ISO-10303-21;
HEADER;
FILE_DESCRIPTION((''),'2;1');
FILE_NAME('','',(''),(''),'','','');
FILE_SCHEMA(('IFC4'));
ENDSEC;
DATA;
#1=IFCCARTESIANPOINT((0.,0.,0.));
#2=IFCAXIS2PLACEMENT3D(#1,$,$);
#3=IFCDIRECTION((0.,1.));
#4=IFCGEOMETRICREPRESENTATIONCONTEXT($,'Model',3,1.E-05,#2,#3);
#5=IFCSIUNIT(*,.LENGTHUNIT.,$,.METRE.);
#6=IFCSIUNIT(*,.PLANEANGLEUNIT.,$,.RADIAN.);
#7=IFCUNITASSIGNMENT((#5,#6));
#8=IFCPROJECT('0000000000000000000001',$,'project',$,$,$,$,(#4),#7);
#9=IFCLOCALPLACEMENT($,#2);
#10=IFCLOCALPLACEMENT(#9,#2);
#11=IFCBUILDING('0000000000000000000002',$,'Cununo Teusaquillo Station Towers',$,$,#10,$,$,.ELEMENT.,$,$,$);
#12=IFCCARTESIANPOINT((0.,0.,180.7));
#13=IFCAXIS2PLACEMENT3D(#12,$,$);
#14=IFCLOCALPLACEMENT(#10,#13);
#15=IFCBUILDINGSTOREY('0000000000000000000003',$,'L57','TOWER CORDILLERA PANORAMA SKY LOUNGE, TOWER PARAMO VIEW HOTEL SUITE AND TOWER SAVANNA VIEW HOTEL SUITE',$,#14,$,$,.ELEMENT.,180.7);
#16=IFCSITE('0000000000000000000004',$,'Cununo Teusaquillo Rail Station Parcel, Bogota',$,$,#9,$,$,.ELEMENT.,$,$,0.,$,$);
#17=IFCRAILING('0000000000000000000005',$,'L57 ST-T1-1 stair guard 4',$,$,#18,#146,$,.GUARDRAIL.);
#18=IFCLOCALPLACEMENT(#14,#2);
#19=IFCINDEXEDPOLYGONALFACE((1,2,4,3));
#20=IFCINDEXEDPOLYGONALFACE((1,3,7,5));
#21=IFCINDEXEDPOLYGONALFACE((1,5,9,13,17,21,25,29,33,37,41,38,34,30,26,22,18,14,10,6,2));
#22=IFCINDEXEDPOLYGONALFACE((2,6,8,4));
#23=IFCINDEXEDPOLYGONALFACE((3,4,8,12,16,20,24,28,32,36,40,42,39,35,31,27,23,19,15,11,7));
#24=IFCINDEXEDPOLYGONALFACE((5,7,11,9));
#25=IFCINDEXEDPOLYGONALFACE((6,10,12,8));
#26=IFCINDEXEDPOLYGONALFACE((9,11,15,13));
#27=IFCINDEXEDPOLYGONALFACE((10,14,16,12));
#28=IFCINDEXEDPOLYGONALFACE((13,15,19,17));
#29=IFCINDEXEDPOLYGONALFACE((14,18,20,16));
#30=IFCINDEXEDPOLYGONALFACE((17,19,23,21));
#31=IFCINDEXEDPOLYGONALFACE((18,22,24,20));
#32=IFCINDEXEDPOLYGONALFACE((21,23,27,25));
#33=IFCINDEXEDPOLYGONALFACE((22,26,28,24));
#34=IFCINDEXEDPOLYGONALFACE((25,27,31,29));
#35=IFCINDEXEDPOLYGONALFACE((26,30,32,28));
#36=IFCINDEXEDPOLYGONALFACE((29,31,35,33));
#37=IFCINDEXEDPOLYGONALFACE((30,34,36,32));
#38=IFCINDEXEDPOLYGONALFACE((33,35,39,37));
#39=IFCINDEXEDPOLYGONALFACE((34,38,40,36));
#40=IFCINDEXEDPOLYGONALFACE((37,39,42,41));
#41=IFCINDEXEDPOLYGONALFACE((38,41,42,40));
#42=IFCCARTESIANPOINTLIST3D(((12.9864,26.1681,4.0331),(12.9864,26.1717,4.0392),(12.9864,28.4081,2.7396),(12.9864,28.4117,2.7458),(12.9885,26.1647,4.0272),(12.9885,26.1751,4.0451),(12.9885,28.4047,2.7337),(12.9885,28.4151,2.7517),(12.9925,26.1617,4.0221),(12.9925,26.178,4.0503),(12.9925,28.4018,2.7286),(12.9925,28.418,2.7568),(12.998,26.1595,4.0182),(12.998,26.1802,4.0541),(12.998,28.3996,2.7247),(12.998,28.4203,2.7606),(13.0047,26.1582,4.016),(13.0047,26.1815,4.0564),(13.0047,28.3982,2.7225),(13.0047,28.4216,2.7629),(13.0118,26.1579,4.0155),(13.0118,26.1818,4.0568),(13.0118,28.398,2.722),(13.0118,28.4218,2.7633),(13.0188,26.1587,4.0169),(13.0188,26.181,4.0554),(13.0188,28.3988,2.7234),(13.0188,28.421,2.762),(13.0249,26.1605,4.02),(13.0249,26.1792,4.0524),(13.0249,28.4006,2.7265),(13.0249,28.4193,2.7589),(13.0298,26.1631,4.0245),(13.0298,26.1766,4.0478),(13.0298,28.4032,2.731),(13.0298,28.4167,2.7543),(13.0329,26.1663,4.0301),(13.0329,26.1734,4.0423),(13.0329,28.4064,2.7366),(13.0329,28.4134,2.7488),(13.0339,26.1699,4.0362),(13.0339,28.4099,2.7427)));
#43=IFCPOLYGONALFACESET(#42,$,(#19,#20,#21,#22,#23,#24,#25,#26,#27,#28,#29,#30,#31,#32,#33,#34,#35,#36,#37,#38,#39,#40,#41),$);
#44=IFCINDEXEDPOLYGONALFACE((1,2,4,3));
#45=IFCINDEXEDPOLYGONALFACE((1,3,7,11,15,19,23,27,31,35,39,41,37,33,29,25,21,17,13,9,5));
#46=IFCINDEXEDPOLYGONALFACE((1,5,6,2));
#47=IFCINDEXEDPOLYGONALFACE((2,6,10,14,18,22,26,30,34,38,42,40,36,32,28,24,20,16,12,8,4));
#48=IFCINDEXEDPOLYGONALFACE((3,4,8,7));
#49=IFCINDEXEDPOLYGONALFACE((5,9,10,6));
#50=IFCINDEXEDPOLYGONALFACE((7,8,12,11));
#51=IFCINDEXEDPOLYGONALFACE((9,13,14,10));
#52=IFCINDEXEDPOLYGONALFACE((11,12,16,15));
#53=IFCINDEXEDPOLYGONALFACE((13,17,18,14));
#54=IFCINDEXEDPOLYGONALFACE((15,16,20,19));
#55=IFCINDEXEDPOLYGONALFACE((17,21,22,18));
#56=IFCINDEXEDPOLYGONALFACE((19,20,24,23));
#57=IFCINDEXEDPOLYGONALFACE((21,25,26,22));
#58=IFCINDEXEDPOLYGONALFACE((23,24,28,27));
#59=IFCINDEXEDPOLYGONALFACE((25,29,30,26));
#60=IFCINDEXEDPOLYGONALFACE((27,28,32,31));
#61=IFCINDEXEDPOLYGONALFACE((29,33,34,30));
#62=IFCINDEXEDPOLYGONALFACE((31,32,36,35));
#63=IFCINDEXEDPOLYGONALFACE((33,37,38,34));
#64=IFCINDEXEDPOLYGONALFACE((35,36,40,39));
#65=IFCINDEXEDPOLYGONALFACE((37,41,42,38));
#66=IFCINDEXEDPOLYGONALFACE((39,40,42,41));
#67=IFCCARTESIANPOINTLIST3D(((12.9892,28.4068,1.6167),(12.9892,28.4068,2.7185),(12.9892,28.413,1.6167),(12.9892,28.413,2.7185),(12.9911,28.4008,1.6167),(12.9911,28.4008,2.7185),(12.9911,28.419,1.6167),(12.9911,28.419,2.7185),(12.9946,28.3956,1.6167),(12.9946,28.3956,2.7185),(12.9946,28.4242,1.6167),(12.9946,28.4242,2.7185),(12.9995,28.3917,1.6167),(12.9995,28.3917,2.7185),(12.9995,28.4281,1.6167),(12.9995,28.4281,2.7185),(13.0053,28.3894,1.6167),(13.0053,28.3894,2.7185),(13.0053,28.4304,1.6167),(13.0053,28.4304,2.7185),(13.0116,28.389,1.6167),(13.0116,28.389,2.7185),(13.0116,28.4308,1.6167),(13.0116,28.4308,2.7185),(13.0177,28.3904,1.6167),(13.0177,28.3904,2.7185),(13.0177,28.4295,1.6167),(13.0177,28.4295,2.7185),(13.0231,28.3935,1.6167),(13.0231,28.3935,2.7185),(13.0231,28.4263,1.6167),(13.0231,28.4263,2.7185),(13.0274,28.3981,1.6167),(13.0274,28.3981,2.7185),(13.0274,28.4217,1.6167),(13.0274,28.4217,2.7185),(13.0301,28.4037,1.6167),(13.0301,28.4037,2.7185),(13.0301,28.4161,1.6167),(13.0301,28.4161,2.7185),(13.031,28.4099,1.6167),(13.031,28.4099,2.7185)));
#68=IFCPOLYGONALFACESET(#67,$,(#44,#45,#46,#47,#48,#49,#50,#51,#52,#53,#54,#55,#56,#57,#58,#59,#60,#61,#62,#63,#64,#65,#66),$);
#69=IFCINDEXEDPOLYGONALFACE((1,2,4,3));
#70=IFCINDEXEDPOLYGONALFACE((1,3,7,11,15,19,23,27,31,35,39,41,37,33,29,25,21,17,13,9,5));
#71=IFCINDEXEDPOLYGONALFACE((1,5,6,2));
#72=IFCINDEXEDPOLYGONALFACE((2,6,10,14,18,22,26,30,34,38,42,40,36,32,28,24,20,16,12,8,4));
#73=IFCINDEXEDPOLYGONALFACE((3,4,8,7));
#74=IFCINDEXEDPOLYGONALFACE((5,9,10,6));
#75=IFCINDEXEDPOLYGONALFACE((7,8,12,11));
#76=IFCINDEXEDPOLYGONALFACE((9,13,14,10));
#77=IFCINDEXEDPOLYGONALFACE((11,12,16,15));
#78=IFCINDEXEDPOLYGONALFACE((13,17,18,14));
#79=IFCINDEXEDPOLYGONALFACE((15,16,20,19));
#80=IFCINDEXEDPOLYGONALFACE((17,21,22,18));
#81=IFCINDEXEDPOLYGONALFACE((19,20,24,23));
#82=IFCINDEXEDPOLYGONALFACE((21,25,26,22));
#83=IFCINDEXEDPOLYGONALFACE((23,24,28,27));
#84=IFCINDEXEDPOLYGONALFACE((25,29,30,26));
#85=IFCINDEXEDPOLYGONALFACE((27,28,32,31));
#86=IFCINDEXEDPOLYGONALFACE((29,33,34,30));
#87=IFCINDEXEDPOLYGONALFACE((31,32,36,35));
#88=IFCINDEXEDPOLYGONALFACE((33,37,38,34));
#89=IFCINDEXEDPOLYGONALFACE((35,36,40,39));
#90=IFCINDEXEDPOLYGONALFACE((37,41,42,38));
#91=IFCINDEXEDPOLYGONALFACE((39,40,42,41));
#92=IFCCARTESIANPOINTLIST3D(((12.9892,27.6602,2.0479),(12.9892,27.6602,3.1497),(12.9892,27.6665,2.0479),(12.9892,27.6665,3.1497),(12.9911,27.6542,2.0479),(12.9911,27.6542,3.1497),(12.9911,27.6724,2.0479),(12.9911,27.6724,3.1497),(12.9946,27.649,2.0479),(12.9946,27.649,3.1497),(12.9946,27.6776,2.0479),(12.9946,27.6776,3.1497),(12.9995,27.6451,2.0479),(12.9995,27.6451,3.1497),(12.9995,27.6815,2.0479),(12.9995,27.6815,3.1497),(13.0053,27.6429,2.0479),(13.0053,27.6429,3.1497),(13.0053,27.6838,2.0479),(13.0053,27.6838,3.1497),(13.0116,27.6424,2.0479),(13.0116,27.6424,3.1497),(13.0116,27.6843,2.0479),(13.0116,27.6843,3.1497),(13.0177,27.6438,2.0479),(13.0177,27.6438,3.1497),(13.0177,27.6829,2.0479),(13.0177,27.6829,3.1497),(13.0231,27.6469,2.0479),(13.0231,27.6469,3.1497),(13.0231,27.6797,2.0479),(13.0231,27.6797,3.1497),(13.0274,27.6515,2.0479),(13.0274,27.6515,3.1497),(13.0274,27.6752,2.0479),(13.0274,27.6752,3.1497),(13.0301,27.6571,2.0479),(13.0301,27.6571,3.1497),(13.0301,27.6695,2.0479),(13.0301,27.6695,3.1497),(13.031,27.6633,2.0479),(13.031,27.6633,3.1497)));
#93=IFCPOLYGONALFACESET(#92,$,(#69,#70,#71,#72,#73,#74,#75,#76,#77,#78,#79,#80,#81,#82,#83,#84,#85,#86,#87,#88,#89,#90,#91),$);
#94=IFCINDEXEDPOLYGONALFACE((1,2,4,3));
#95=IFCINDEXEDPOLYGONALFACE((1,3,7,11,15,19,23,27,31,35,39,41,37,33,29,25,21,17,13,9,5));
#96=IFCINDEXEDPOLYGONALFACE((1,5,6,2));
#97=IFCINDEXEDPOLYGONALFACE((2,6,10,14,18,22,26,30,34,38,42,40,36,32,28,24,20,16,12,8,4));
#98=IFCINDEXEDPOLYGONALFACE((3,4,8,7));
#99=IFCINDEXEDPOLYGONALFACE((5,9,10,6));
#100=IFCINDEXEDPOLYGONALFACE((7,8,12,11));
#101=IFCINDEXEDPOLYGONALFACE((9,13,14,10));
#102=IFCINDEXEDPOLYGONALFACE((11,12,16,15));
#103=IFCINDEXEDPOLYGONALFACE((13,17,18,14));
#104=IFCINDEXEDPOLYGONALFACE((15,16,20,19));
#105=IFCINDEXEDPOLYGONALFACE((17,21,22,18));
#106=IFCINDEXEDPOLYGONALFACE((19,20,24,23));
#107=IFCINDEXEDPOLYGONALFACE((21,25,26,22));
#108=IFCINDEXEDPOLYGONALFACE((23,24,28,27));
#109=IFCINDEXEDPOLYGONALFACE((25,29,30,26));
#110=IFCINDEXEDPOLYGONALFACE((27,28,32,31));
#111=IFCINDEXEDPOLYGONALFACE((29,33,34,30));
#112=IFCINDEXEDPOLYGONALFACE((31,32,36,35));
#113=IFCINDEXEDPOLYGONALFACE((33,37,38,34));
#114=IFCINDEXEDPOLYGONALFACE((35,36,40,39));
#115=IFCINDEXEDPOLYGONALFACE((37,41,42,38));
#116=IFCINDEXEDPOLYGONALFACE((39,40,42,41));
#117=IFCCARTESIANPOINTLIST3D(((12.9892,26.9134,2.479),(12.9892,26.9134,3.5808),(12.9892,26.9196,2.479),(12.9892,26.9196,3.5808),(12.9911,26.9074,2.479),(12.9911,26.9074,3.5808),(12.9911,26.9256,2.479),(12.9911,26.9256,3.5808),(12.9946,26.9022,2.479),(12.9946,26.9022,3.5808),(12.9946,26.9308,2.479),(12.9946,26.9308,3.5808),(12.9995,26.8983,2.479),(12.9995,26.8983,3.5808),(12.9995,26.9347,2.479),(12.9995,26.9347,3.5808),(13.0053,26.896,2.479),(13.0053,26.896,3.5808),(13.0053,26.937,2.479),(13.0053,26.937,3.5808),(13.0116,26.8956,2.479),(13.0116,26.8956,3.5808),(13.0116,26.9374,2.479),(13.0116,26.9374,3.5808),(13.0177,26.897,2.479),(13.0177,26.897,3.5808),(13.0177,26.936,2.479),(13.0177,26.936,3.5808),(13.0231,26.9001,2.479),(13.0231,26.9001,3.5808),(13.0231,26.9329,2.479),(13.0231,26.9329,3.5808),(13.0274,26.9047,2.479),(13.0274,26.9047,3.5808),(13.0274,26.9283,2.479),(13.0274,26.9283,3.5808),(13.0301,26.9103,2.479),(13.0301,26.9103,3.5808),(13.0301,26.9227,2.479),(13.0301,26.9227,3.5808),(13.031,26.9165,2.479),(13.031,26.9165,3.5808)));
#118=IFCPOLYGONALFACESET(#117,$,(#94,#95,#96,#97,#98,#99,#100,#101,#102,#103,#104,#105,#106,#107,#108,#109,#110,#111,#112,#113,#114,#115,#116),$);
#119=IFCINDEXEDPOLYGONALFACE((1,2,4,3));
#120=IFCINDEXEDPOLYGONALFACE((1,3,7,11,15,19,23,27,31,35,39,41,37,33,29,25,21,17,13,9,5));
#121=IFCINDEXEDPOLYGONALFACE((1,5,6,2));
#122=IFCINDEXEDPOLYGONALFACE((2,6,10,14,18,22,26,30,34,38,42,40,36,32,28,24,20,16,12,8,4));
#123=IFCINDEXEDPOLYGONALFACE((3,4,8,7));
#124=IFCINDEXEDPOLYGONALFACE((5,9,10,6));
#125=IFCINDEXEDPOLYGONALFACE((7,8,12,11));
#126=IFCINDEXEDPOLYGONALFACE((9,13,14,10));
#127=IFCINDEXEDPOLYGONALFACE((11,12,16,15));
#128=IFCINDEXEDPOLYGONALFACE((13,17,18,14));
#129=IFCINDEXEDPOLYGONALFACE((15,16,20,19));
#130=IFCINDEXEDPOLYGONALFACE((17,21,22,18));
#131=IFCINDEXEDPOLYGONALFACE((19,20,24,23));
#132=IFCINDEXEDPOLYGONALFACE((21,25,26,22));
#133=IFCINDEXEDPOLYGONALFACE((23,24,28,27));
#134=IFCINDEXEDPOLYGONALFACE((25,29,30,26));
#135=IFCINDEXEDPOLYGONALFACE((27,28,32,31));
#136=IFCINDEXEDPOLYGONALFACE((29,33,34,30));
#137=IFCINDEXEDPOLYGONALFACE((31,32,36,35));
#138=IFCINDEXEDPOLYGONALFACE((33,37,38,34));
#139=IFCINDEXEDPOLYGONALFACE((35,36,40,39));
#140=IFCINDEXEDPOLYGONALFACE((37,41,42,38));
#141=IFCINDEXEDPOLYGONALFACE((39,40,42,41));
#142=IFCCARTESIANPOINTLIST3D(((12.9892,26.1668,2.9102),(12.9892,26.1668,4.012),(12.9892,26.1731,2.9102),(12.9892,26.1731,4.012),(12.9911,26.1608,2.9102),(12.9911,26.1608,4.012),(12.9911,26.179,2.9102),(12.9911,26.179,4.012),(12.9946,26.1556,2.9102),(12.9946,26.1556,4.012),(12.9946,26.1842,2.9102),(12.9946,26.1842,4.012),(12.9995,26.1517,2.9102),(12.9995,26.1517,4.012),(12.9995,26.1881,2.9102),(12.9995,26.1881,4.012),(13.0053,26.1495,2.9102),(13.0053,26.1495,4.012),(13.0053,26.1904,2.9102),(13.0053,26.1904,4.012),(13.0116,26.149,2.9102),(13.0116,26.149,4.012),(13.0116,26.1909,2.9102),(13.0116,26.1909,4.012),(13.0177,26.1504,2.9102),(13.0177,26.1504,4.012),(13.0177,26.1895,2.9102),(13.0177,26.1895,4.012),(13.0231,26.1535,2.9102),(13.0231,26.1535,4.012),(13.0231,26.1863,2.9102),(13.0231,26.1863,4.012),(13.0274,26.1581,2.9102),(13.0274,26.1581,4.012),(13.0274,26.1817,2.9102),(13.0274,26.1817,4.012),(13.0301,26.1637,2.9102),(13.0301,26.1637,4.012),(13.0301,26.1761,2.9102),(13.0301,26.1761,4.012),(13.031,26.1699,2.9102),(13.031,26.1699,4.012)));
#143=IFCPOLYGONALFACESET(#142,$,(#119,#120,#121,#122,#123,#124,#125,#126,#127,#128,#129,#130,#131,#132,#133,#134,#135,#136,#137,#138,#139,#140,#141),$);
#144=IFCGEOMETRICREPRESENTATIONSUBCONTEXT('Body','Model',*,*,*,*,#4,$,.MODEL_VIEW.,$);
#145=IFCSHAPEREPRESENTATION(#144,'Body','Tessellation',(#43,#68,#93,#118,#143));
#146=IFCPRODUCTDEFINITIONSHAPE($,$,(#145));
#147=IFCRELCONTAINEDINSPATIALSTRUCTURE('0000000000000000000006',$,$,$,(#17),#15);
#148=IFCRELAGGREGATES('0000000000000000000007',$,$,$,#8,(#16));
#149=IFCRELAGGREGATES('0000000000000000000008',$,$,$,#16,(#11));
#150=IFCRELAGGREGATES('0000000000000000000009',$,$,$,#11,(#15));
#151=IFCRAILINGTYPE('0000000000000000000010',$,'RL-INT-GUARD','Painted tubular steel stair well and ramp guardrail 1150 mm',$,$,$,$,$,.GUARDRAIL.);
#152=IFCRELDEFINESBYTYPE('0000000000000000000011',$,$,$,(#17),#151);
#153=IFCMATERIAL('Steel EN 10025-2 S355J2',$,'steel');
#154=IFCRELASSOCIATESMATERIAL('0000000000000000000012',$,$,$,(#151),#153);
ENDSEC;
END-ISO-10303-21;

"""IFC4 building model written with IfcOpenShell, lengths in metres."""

from ifc_helpers import new_model, si_unit, direction, frame, origin, origin_2d, place, context, subcontext, project, spatial, circle, extrude, material, type_object, element, save


model = new_model("IFC4")

# Units and contexts
model_context = context("Model", 3, precision=1e-05, world=origin(), true_north=direction((0.0, 1.0)))
body_context = subcontext(model_context, "Body", "Model", "MODEL_VIEW")
ifc_project = project(units=[si_unit("LENGTHUNIT", "METRE"), si_unit("PLANEANGLEUNIT", "RADIAN")], contexts=[model_context])

# Site, building, storey
site_placement = place(None, origin())
site = spatial("IfcSite", under=ifc_project, at=site_placement, Name="Cununo Teusaquillo Rail Station Parcel, Bogota", CompositionType="ELEMENT", RefElevation=0.0)
building_placement = place(site_placement, origin())
building = spatial("IfcBuilding", under=site, at=building_placement, Name="Cununo Teusaquillo Station Towers", CompositionType="ELEMENT")
storey_placement = place(building_placement, frame((0.0, 0.0, 180.7)))
storey = spatial("IfcBuildingStorey", under=building, at=storey_placement, Name="L57", Description="TOWER CORDILLERA PANORAMA SKY LOUNGE, TOWER PARAMO VIEW HOTEL SUITE AND TOWER SAVANNA VIEW HOTEL SUITE", CompositionType="ELEMENT", Elevation=180.7)

# Railing
ifc_material_1 = material(Name="Steel EN 10025-2 S355J2", Category="steel")
railing_type_1 = type_object("IfcRailingType", Name="RL-INT-GUARD", Description="Painted tubular steel stair well and ramp guardrail 1150 mm", PredefinedType="GUARDRAIL", material=ifc_material_1)
railing_1_placement = place(storey_placement, frame((13.01, 28.4099, 1.6167)))
element("IfcRailing", 1, at=railing_1_placement, inside=storey, type_object=railing_type_1, Name="L57 ST-T1-1 stair guard 4", PredefinedType="GUARDRAIL", context=body_context, shape_type="SweptSolid", body=[
    extrude(circle(Radius=0.0239, at=origin_2d()), frame((0.0, 0.0, 1.126), z_axis=(0.0, -0.865992, 0.500057), x_axis=(1.0, 0.0, 0.0)), (0.0, 0.0, 1.0), 2.5867),
    extrude(circle(Radius=0.021, at=origin_2d()), origin(), (0.0, 0.0, 1.0), 1.1018),
    extrude(circle(Radius=0.021, at=origin_2d()), frame((0.0, -0.7466, 0.4312)), (0.0, 0.0, 1.0), 1.1018),
    extrude(circle(Radius=0.021, at=origin_2d()), frame((0.0, -1.4934, 0.8623)), (0.0, 0.0, 1.0), 1.1018),
    extrude(circle(Radius=0.021, at=origin_2d()), frame((0.0, -2.24, 1.2935)), (0.0, 0.0, 1.0), 1.1018),
])

save(model, "model.ifc")
